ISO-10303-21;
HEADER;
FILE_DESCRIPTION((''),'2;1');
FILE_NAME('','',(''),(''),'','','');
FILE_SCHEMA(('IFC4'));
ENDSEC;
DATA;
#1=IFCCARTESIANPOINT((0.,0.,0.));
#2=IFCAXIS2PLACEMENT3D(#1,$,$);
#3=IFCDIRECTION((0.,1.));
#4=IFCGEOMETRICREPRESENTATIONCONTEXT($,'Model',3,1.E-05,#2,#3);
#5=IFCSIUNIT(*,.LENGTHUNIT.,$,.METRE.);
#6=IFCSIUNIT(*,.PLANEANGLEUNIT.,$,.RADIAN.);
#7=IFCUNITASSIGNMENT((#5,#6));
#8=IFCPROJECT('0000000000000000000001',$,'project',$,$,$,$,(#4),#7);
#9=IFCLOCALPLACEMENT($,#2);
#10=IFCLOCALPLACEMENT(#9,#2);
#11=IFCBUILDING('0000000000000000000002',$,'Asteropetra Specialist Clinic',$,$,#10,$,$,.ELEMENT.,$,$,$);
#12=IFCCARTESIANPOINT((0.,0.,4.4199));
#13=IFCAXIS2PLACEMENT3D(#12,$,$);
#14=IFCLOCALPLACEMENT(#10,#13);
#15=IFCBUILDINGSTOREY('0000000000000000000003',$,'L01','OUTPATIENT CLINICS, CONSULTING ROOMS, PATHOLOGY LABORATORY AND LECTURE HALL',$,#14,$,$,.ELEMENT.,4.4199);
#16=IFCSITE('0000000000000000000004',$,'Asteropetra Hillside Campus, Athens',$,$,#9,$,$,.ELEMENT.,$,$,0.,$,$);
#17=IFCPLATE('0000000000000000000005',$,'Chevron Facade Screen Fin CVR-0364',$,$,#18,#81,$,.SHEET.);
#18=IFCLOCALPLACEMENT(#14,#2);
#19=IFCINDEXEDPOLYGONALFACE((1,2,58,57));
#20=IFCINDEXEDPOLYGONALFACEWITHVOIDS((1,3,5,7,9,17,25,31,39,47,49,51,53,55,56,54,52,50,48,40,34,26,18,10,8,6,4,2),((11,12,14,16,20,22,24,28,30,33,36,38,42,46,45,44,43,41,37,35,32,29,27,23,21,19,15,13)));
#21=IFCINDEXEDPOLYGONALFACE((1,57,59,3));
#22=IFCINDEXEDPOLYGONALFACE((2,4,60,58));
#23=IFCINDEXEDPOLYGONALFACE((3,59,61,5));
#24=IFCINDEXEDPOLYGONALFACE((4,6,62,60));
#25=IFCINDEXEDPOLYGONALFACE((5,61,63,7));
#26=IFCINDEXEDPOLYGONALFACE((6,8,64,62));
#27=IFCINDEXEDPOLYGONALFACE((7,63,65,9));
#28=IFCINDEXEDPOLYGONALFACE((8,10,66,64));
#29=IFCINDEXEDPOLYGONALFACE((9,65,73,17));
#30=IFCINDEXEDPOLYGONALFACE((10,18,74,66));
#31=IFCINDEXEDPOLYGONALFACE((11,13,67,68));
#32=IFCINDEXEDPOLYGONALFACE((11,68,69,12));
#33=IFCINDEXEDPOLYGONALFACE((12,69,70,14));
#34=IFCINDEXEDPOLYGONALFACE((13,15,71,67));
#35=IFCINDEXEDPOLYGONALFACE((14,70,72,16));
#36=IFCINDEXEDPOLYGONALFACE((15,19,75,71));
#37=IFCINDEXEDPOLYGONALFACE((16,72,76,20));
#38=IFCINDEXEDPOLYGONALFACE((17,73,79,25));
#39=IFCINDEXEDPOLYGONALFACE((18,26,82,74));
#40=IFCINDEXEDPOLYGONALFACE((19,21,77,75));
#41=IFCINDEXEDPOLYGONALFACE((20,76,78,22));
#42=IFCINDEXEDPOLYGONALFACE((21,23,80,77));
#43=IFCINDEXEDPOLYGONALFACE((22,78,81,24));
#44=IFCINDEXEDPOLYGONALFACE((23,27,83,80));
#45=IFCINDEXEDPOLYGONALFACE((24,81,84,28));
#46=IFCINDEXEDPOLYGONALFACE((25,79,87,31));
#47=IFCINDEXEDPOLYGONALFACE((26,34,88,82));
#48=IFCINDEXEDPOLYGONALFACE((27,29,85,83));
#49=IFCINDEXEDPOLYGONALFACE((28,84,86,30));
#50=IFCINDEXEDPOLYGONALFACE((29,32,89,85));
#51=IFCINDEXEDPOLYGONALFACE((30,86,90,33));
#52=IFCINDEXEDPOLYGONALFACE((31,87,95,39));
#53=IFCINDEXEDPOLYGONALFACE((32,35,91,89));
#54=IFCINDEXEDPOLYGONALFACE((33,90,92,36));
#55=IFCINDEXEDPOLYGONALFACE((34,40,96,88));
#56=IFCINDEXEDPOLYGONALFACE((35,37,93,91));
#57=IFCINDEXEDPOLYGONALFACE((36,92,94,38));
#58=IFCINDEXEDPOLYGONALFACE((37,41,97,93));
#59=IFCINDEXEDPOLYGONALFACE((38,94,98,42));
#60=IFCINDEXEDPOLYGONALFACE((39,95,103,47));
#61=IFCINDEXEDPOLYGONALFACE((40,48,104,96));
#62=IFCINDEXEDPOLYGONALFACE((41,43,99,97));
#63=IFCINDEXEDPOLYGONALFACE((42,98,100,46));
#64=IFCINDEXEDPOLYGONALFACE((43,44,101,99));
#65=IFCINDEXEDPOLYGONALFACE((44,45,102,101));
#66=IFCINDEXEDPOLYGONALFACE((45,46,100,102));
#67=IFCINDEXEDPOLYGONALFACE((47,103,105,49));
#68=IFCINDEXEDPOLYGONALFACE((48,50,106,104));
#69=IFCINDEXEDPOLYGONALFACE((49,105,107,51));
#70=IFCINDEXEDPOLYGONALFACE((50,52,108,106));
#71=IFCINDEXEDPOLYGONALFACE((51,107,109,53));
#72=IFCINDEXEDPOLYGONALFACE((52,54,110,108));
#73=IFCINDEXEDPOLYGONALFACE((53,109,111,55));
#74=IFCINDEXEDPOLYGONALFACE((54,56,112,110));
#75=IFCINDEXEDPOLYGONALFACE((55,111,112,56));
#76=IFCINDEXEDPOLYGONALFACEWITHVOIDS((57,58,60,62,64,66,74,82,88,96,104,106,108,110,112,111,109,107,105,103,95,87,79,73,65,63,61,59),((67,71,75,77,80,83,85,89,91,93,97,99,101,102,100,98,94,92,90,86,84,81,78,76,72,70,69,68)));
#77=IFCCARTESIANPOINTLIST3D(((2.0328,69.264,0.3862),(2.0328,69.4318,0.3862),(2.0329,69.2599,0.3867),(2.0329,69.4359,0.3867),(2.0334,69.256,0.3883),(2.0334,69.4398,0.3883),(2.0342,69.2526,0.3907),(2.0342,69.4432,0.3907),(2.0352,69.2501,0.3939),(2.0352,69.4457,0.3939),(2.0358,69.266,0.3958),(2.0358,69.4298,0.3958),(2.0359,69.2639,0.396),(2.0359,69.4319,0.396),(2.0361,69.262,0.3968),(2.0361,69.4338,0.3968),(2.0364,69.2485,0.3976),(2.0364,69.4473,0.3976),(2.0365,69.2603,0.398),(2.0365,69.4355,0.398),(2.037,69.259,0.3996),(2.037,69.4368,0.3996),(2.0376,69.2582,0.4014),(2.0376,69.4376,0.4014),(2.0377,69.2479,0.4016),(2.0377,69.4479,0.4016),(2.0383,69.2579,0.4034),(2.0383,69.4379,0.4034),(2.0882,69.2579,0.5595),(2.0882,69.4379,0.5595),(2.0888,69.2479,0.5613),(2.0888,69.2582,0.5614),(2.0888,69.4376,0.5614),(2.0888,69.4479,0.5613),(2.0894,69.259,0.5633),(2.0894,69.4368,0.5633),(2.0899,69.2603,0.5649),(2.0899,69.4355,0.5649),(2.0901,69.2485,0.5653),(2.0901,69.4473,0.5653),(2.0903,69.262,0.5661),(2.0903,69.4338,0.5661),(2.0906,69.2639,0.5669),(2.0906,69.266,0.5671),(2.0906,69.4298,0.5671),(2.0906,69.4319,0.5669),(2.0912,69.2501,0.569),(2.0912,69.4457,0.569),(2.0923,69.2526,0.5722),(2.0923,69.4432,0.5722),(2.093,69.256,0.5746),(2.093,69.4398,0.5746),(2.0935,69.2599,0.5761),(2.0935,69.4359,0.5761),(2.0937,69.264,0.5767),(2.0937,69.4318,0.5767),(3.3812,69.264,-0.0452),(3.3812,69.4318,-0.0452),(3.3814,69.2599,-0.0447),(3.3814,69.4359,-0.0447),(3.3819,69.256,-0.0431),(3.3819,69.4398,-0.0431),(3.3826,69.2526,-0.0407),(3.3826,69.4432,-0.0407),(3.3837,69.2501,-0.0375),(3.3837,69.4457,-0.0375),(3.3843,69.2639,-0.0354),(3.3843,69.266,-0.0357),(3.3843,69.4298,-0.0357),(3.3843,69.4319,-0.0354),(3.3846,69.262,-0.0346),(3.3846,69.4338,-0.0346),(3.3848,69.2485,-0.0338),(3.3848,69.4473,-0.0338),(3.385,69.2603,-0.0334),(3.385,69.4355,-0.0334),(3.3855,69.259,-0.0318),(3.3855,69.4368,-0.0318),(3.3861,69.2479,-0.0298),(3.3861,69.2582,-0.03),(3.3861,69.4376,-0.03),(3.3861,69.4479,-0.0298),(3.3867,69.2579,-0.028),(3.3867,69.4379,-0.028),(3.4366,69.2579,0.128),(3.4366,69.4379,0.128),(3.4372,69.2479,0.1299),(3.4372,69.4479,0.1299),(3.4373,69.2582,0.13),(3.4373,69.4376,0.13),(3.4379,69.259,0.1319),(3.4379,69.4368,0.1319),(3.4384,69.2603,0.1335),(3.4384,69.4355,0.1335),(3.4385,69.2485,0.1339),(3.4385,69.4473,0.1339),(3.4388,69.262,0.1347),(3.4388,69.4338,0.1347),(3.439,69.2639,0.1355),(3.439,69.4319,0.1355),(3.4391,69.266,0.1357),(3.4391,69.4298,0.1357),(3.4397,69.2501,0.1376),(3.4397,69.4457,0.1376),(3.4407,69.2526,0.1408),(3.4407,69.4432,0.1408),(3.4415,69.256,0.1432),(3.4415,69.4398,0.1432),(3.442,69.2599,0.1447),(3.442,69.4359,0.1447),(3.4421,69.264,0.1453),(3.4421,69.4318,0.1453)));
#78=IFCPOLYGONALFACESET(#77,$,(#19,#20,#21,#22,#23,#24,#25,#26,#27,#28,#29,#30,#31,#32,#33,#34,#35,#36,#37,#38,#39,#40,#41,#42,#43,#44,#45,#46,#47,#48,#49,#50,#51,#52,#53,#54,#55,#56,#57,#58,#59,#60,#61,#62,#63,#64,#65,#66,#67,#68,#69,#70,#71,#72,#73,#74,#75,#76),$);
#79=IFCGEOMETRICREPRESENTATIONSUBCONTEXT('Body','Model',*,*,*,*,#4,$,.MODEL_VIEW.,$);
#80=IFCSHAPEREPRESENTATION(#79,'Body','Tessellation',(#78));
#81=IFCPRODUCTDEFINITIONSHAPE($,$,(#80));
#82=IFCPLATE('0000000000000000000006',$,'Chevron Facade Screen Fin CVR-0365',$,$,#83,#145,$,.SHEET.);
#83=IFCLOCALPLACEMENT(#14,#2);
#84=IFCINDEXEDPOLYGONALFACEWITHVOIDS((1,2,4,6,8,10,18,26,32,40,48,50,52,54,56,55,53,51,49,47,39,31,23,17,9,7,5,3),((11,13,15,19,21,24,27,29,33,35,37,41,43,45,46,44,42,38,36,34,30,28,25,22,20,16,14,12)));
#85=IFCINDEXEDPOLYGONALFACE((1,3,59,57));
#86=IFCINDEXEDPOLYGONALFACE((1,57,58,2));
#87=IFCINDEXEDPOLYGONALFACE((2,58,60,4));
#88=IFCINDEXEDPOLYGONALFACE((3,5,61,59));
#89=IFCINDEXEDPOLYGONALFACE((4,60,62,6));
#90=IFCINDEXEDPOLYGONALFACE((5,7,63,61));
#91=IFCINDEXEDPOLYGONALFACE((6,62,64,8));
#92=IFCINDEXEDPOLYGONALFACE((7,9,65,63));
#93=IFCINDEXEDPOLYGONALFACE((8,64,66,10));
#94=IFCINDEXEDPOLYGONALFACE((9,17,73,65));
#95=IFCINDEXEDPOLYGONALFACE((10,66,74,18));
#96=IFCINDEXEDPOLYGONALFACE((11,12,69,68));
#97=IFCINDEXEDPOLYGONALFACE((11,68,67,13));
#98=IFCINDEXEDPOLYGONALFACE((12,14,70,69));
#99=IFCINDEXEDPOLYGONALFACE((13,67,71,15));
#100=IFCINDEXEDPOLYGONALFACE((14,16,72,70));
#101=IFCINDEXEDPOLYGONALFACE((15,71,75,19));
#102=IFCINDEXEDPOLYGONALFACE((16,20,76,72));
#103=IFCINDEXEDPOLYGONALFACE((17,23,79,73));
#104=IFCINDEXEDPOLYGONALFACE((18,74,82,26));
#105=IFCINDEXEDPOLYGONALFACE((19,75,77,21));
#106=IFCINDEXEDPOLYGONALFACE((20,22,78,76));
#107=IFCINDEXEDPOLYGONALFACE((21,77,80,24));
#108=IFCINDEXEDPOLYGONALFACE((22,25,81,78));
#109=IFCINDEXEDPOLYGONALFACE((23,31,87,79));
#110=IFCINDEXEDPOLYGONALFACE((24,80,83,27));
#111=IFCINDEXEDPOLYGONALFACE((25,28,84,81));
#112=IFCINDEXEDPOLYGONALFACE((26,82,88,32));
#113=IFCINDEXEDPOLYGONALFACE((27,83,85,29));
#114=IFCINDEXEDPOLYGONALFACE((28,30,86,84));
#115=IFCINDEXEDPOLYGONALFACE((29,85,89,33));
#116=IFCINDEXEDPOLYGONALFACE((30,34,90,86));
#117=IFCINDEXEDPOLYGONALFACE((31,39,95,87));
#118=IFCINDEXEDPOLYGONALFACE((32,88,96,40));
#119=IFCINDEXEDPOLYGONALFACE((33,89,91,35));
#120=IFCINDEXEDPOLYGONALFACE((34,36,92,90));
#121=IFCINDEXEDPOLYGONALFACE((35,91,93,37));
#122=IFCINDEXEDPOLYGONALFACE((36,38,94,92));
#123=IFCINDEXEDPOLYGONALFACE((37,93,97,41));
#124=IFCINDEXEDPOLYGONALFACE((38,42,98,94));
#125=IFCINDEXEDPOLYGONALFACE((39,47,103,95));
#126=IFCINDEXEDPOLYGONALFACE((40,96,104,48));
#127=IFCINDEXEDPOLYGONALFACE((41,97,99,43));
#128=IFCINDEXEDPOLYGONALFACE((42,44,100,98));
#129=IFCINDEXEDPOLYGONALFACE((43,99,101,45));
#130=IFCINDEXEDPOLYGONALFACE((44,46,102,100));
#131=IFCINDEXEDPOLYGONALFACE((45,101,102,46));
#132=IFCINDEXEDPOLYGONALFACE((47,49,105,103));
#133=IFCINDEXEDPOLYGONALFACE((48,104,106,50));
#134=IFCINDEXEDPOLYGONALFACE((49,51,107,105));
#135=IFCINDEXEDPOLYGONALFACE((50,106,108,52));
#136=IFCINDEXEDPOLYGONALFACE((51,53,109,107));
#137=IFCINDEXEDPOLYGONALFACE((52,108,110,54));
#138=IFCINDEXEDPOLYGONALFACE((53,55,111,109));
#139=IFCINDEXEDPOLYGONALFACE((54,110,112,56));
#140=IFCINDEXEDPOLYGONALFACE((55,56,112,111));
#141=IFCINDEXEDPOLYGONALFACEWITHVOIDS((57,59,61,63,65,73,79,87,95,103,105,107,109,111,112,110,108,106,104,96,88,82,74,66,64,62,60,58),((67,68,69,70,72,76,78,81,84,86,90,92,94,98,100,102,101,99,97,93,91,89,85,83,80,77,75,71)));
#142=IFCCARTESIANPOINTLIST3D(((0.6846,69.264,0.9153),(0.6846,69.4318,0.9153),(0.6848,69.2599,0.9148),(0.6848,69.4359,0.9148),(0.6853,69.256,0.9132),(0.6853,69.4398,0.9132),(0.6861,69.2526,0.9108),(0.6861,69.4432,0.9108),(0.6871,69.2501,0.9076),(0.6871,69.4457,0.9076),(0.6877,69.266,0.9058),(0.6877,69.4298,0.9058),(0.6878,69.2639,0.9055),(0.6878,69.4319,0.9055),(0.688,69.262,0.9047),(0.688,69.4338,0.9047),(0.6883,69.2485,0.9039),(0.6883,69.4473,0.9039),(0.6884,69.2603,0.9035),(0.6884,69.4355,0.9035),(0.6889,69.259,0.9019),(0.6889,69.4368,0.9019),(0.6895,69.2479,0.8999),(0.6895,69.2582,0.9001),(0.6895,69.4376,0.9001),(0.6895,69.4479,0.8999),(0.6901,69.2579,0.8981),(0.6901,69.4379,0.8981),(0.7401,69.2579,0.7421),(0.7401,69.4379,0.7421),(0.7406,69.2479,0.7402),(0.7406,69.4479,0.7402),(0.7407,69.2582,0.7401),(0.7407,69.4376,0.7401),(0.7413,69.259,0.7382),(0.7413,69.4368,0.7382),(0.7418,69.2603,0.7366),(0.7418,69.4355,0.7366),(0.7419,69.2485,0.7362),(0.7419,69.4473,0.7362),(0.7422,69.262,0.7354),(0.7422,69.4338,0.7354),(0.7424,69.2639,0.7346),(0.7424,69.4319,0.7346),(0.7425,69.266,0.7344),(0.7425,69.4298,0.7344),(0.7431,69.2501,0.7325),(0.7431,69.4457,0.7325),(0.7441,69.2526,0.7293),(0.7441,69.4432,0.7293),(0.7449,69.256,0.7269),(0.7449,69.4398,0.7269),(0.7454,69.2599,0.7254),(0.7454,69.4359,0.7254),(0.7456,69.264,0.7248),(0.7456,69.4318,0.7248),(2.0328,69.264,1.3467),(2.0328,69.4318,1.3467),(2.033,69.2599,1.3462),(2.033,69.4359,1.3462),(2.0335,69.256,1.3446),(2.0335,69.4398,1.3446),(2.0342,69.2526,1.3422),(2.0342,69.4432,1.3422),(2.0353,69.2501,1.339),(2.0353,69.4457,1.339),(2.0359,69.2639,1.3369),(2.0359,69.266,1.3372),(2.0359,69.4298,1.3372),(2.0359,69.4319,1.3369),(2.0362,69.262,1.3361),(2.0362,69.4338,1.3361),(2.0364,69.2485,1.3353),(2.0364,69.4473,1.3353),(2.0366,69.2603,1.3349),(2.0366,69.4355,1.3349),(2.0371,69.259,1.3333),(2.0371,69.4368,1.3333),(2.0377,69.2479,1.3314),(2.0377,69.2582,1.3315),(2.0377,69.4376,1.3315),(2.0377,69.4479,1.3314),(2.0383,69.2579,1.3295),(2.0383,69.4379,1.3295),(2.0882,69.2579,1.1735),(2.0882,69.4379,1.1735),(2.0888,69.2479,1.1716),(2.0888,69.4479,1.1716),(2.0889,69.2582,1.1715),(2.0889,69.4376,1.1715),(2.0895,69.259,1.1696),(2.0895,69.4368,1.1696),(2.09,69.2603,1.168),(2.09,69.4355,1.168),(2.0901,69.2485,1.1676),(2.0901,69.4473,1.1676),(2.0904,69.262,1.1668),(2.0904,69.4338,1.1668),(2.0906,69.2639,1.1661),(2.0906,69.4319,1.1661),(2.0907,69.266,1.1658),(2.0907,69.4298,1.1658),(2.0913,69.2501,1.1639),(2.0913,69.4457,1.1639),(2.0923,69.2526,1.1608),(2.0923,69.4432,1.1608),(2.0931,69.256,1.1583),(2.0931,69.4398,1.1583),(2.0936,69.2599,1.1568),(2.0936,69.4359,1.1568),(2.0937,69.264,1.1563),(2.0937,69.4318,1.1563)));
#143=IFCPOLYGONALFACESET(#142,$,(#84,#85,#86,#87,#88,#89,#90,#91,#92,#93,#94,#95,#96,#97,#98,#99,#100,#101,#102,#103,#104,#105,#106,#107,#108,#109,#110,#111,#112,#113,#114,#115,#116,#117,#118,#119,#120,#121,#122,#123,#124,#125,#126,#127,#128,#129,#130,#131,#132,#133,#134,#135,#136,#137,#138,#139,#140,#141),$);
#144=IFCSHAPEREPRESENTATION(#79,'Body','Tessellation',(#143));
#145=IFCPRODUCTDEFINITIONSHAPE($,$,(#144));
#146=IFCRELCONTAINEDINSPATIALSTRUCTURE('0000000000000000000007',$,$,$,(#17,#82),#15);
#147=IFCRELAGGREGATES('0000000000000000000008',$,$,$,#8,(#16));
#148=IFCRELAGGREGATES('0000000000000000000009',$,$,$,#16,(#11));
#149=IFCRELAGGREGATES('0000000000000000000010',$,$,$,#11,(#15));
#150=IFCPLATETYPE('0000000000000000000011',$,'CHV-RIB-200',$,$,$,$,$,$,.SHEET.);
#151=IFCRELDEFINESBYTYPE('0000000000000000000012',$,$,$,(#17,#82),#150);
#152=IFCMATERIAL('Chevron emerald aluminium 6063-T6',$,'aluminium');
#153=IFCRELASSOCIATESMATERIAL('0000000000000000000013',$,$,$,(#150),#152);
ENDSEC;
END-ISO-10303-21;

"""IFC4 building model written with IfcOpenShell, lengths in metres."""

from ifc_helpers import new_model, si_unit, direction, frame, origin, origin_2d, place, context, subcontext, project, spatial, hollow_rectangle, extrude, material, material_profile, profile_set, type_object, element, save


model = new_model("IFC4")

# Units and contexts
model_context = context("Model", 3, precision=1e-05, world=origin(), true_north=direction((0.0, 1.0)))
body_context = subcontext(model_context, "Body", "Model", "MODEL_VIEW")
ifc_project = project(units=[si_unit("LENGTHUNIT", "METRE"), si_unit("PLANEANGLEUNIT", "RADIAN")], contexts=[model_context])

# Site, building, storey
site_placement = place(None, origin())
site = spatial("IfcSite", under=ifc_project, at=site_placement, Name="Asteropetra Hillside Campus, Athens", CompositionType="ELEMENT", RefElevation=0.0)
building_placement = place(site_placement, origin())
building = spatial("IfcBuilding", under=site, at=building_placement, Name="Asteropetra Specialist Clinic", CompositionType="ELEMENT")
storey_placement = place(building_placement, frame((0.0, 0.0, 4.4199)))
storey = spatial("IfcBuildingStorey", under=building, at=storey_placement, Name="L01", Description="OUTPATIENT CLINICS, CONSULTING ROOMS, PATHOLOGY LABORATORY AND LECTURE HALL", CompositionType="ELEMENT", Elevation=4.4199)

# Plates
ifc_material_1 = material(Name="Chevron emerald aluminium 6063-T6", Category="aluminium")
ifc_material_profile_1 = material_profile(ifc_material_1, hollow_rectangle(XDim=0.2, YDim=0.2, WallThickness=0.01, InnerFilletRadius=0.0081, OuterFilletRadius=0.0161, at=origin_2d()), Name="SHS 200x200x10.0")
ifc_profile_set_1 = profile_set([ifc_material_profile_1], Name="Chevron emerald aluminium 6063-T6")
plate_type = type_object("IfcPlateType", Name="CHV-RIB-200", PredefinedType="SHEET", material=ifc_profile_set_1)
plate_1_placement = place(storey_placement, frame((2.0632, 69.3479, 0.4814), z_axis=(0.952442, 0.0, -0.304719), x_axis=(0.0, 1.0, 0.0)))
element("IfcPlate", 1, at=plate_1_placement, inside=storey, type_object=plate_type, Name="Chevron Facade Screen Fin CVR-0364", PredefinedType="SHEET", context=body_context, shape_type="SweptSolid", body=[
    extrude(hollow_rectangle(XDim=0.2, YDim=0.2, WallThickness=0.01, InnerFilletRadius=0.0081, OuterFilletRadius=0.0161, at=origin_2d()), origin(), (0.0, 0.0, 1.0), 1.4158),
])
plate_2_placement = place(storey_placement, frame((0.7151, 69.3479, 0.8201), z_axis=(0.952426, 0.0, 0.304769), x_axis=(0.0, 1.0, 0.0)))
element("IfcPlate", 2, at=plate_2_placement, inside=storey, type_object=plate_type, Name="Chevron Facade Screen Fin CVR-0365", PredefinedType="SHEET", context=body_context, shape_type="SweptSolid", body=[
    extrude(hollow_rectangle(XDim=0.2, YDim=0.2, WallThickness=0.01, InnerFilletRadius=0.0081, OuterFilletRadius=0.0161, at=origin_2d()), origin(), (0.0, 0.0, 1.0), 1.4155),
])

save(model, "model.ifc")
